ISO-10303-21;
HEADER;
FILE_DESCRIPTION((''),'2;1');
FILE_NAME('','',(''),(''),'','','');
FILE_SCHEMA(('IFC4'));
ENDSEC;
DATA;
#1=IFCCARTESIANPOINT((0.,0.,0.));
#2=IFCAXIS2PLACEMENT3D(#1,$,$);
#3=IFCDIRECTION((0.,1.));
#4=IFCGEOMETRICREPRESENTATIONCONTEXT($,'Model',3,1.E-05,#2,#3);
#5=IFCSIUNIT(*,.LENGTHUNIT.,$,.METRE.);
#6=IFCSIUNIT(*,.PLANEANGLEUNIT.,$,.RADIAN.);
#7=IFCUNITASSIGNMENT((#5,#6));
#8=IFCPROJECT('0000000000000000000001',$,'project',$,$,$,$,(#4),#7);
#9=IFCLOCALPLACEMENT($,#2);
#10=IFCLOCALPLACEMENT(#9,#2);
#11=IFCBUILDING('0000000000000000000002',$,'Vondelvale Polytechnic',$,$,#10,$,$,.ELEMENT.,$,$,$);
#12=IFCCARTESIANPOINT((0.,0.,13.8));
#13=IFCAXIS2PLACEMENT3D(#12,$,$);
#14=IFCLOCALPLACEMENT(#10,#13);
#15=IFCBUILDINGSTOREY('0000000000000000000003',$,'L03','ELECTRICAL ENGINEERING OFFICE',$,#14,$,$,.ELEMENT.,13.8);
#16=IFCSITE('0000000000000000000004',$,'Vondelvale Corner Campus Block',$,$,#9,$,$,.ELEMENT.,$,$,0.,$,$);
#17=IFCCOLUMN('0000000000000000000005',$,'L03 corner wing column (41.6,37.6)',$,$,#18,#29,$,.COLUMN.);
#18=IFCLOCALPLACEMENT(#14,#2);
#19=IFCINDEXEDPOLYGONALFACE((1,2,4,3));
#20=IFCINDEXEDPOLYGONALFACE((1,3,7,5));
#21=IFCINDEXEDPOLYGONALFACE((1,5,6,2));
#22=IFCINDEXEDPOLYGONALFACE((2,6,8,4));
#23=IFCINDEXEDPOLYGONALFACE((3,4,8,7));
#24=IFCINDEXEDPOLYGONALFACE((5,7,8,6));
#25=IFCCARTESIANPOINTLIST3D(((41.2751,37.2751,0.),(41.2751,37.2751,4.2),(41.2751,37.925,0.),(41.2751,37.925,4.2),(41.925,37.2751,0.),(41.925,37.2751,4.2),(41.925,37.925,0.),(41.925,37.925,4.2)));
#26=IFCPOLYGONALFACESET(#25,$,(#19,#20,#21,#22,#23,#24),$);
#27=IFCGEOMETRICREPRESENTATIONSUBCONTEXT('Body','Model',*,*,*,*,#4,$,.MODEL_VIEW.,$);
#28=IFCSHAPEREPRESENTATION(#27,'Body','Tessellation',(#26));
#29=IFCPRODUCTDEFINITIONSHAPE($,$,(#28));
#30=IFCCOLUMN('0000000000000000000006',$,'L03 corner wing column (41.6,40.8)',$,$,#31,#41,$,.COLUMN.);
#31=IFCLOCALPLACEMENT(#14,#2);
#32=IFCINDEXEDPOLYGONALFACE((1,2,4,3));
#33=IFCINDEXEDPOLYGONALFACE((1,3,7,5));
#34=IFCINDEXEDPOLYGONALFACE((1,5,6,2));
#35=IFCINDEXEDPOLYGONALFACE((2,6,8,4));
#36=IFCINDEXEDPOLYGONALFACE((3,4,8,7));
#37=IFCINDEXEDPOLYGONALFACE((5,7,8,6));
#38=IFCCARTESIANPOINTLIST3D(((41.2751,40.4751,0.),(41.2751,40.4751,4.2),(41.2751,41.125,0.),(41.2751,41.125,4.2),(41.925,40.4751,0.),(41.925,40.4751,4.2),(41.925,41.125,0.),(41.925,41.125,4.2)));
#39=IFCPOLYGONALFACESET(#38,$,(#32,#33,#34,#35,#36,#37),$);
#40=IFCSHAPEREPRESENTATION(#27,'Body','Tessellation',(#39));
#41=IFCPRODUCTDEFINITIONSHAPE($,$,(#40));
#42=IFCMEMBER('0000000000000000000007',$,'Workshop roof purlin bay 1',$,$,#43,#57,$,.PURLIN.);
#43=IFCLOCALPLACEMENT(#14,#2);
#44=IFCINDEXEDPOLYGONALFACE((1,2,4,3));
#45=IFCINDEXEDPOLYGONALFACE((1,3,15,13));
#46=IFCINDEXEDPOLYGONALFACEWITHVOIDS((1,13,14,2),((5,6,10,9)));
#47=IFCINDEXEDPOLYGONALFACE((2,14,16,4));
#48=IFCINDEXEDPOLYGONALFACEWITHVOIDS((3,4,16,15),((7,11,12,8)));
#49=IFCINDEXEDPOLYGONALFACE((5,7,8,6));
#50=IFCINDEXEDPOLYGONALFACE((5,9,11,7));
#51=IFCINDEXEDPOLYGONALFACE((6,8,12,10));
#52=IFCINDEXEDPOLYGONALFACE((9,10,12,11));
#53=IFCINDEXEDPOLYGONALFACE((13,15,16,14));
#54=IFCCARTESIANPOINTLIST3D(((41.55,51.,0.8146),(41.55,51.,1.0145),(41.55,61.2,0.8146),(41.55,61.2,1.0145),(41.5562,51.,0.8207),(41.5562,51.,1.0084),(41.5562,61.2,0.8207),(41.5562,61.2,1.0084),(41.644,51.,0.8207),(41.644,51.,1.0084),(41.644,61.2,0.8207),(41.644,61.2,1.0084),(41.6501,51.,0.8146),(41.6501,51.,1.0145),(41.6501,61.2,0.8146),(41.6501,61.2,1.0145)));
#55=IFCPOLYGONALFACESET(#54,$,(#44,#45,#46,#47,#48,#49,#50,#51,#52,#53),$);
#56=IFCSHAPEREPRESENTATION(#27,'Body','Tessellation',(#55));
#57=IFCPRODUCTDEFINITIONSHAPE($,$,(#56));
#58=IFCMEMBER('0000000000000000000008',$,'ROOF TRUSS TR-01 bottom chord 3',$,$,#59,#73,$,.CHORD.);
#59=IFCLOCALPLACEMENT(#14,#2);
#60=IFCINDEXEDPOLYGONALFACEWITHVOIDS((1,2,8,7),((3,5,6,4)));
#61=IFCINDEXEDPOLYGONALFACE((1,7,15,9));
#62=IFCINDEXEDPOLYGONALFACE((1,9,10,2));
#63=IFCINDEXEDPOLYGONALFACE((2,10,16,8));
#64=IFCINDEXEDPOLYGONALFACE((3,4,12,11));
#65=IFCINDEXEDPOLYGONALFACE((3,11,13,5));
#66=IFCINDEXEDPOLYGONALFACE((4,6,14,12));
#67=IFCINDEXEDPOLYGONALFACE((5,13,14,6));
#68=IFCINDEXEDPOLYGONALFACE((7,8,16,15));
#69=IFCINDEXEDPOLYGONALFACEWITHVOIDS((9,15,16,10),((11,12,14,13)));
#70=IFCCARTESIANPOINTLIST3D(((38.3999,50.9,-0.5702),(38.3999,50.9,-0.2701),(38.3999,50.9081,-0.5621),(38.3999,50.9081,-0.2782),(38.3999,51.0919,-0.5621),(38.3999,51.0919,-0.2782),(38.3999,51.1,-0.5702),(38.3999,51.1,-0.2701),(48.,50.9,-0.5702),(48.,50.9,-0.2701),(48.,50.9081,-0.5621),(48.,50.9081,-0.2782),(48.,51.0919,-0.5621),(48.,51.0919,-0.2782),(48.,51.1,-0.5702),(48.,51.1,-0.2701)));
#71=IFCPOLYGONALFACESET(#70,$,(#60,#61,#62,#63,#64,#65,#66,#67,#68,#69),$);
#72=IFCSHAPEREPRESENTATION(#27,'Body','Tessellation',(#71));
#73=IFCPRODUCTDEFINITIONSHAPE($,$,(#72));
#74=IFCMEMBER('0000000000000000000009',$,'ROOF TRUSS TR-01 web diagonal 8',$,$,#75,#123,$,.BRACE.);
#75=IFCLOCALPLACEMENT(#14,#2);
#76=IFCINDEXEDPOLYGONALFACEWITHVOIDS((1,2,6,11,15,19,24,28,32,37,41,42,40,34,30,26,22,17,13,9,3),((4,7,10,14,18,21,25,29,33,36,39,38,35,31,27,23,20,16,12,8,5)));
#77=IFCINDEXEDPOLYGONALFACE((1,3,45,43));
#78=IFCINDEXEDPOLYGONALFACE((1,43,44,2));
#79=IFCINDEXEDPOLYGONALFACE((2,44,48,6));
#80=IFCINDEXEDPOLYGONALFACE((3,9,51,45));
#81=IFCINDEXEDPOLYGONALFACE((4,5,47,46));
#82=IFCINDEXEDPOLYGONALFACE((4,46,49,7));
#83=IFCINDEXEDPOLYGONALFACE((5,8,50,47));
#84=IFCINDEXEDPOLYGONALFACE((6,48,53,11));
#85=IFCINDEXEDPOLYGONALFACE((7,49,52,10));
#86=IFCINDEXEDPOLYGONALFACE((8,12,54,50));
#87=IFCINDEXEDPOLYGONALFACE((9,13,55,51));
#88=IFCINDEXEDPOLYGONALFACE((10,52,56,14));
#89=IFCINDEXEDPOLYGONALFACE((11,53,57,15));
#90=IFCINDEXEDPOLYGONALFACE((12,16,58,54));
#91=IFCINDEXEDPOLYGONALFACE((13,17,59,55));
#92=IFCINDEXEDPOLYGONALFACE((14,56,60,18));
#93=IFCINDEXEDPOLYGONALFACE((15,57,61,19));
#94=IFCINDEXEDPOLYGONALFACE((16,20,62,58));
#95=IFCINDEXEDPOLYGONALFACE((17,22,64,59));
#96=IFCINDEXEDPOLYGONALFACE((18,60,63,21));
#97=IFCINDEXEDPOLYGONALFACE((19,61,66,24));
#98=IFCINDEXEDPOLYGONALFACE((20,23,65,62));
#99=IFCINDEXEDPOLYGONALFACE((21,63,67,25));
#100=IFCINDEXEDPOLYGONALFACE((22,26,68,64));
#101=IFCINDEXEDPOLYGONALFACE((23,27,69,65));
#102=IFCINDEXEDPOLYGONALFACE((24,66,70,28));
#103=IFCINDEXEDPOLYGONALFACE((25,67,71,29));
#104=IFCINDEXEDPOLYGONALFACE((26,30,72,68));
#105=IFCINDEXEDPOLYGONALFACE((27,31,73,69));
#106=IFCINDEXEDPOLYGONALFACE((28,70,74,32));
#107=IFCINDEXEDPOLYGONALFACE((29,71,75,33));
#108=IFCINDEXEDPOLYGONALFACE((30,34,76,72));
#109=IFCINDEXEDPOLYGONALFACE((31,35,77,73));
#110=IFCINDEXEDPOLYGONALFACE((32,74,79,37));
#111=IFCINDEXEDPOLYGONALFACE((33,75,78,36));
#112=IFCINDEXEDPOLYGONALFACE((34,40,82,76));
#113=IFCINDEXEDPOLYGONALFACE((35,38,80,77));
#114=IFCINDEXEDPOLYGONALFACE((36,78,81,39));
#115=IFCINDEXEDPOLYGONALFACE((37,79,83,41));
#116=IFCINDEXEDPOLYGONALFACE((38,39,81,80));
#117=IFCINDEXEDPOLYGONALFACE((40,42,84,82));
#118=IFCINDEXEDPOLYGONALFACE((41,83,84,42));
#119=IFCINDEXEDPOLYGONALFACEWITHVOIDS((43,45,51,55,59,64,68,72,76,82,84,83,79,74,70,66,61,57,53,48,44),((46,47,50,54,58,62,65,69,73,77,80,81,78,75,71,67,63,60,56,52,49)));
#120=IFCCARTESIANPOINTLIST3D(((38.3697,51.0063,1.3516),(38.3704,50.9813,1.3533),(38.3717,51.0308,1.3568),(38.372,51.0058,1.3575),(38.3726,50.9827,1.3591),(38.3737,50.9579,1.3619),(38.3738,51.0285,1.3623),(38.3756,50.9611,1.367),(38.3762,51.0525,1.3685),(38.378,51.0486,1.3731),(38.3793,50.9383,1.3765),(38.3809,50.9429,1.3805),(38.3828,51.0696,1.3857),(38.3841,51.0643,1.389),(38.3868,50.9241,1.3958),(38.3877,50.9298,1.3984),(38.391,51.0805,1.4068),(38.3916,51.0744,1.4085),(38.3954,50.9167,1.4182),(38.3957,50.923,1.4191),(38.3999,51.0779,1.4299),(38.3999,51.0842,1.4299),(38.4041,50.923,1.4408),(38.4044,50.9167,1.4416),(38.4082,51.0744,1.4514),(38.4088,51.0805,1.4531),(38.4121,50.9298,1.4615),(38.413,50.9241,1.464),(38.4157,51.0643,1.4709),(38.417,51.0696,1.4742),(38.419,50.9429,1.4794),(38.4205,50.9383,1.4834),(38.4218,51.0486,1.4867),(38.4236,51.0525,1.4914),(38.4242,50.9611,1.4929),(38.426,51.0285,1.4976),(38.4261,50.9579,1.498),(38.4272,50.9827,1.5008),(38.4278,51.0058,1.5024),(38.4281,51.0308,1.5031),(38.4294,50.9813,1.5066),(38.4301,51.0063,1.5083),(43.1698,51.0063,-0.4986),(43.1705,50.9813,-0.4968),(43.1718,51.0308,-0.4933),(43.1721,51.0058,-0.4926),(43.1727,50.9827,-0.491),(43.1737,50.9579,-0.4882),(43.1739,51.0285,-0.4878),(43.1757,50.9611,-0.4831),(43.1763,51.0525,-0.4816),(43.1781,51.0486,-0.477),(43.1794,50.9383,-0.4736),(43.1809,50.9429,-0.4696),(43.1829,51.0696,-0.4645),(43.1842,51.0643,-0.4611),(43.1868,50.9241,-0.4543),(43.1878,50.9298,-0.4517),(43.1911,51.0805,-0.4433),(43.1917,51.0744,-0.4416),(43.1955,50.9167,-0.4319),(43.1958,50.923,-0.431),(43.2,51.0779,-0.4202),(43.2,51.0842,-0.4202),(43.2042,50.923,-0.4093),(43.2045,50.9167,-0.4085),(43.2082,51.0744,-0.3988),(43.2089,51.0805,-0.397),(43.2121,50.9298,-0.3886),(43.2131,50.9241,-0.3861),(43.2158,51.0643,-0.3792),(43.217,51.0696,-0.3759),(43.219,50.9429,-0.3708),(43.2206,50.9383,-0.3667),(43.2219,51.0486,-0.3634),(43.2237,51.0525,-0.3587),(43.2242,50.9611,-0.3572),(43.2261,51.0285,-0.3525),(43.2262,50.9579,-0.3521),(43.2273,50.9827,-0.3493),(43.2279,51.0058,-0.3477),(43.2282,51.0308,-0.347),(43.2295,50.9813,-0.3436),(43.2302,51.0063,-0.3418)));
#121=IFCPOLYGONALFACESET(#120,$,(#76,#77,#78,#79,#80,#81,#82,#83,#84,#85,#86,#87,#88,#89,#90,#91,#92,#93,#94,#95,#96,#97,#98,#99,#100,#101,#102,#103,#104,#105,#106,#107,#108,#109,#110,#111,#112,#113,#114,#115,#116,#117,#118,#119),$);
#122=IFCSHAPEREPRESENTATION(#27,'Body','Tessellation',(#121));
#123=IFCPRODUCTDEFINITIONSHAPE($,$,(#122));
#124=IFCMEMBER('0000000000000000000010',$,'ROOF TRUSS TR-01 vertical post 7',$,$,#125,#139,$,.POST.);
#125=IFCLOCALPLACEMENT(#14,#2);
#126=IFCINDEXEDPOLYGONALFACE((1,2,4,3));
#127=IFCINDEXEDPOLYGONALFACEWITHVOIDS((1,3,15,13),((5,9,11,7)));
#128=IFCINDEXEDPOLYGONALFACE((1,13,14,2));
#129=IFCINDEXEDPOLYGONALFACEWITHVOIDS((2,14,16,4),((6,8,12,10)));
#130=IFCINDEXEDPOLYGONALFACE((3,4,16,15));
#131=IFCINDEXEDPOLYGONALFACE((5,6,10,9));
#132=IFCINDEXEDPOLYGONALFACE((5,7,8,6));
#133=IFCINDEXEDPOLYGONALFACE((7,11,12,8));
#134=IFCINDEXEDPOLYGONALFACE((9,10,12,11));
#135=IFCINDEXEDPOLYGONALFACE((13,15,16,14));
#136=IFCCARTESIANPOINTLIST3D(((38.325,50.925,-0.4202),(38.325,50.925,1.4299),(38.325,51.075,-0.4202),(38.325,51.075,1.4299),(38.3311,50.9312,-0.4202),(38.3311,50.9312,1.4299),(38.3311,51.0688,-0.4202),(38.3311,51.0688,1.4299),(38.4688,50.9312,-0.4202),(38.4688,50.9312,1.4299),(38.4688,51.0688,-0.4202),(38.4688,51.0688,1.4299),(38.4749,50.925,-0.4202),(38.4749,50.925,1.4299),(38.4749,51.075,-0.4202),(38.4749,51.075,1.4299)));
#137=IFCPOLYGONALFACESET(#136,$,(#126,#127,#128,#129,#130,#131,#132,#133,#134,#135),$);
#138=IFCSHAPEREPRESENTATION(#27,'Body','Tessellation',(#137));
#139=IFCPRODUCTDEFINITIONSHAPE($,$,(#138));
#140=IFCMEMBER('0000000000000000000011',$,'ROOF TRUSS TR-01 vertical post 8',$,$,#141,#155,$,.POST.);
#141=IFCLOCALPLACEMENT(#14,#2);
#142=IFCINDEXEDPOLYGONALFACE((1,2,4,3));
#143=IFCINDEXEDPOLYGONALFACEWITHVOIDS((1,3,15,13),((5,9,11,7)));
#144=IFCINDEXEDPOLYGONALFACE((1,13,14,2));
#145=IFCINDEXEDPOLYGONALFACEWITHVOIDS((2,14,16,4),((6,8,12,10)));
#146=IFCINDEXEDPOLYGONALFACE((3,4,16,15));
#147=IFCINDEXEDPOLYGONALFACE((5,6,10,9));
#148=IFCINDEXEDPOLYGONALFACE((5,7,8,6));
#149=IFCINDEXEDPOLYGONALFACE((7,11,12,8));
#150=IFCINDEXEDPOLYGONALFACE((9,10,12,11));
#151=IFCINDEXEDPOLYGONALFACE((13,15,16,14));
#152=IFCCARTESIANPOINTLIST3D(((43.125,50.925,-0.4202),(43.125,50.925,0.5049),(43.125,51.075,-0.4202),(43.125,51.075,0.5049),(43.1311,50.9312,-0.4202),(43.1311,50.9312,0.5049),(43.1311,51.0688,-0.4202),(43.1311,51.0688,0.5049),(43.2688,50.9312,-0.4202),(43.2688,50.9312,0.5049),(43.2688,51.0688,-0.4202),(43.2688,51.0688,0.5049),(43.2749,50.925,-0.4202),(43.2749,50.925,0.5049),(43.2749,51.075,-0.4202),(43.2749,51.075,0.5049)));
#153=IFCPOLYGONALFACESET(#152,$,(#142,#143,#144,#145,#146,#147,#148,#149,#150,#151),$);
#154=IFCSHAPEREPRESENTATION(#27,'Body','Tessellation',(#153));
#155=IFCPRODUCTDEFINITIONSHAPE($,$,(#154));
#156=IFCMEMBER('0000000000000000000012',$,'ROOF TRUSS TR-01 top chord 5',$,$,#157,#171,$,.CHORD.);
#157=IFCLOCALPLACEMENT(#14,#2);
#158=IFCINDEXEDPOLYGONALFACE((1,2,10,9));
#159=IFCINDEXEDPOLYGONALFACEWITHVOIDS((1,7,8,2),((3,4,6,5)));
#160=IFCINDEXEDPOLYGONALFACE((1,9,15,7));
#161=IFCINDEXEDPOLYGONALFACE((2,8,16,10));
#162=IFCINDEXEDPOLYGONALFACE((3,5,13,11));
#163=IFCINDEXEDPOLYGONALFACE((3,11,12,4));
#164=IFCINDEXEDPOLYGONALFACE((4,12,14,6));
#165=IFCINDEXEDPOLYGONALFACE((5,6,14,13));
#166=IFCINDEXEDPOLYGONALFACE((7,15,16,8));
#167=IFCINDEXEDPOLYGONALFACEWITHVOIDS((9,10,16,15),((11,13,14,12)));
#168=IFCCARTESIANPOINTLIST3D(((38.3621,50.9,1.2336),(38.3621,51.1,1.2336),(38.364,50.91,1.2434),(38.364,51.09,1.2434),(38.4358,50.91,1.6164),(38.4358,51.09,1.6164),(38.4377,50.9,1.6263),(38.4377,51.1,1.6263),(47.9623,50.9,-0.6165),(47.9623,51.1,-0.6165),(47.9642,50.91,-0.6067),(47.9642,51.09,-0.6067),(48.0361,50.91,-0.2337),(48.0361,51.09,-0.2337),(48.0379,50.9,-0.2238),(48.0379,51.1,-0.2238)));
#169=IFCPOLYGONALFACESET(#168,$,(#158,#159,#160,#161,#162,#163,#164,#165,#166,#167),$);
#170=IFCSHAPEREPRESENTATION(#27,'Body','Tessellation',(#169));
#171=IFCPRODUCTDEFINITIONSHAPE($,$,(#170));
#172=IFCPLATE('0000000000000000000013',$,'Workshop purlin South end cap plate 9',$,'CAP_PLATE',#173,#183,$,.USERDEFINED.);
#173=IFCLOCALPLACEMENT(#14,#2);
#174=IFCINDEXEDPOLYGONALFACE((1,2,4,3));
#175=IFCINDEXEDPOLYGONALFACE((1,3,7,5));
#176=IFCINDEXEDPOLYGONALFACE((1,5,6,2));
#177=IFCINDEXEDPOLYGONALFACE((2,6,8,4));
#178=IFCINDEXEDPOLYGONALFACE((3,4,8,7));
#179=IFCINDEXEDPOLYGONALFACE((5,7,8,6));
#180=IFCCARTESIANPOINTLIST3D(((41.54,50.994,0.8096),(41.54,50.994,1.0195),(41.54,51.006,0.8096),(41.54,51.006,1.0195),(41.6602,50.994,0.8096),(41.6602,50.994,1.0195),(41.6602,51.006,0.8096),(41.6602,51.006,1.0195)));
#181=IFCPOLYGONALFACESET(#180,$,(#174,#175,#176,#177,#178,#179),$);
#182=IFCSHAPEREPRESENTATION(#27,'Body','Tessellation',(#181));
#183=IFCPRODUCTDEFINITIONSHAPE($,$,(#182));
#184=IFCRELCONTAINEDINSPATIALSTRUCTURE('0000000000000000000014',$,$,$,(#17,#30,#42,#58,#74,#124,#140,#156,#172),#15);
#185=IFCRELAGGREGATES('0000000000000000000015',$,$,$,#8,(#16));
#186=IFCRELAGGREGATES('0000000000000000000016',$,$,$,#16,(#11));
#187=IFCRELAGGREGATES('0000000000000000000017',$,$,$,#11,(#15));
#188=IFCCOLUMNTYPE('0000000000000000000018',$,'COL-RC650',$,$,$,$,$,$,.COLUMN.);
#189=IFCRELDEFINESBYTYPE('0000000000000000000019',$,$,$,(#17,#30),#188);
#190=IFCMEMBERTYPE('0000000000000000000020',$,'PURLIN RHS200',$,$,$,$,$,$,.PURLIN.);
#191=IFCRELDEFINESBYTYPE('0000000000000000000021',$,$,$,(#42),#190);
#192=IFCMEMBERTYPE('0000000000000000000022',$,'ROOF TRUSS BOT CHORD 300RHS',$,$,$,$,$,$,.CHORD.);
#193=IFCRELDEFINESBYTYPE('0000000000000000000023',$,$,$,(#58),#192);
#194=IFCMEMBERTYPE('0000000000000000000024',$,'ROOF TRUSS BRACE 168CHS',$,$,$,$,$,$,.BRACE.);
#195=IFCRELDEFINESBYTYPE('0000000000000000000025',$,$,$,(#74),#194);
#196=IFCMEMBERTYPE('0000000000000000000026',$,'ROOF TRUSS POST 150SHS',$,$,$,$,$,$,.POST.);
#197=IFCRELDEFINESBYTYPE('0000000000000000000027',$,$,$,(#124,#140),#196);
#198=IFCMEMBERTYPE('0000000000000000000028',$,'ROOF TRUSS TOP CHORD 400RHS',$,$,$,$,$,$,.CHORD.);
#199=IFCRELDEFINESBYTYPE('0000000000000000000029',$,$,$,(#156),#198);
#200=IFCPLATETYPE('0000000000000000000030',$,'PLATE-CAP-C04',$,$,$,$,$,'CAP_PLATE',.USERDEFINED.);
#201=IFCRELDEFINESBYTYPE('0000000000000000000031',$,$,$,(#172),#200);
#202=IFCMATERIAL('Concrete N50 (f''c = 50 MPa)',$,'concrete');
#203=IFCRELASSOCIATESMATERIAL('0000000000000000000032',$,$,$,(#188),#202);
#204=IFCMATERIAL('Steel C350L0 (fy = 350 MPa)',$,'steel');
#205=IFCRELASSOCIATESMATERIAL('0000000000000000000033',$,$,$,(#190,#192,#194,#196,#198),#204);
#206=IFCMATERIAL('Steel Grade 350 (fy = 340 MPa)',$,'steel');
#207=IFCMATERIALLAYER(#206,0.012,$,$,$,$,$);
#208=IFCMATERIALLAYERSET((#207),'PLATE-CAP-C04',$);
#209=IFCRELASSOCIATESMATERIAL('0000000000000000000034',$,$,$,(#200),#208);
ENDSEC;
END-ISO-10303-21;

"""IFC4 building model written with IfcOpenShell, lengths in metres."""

from ifc_helpers import new_model, si_unit, direction, frame, origin, origin_2d, place, context, subcontext, project, spatial, rectangle, hollow_rectangle, hollow_circle, extrude, material, layer, layer_set, material_profile, profile_set, type_object, element, save


model = new_model("IFC4")

# Units and contexts
model_context = context("Model", 3, precision=1e-05, world=origin(), true_north=direction((0.0, 1.0)))
body_context = subcontext(model_context, "Body", "Model", "MODEL_VIEW")
ifc_project = project(units=[si_unit("LENGTHUNIT", "METRE"), si_unit("PLANEANGLEUNIT", "RADIAN")], contexts=[model_context])

# Site, building, storey
site_placement = place(None, origin())
site = spatial("IfcSite", under=ifc_project, at=site_placement, Name="Vondelvale Corner Campus Block", CompositionType="ELEMENT", RefElevation=0.0)
building_placement = place(site_placement, origin())
building = spatial("IfcBuilding", under=site, at=building_placement, Name="Vondelvale Polytechnic", CompositionType="ELEMENT")
storey_placement = place(building_placement, frame((0.0, 0.0, 13.8)))
storey = spatial("IfcBuildingStorey", under=building, at=storey_placement, Name="L03", Description="ELECTRICAL ENGINEERING OFFICE", CompositionType="ELEMENT", Elevation=13.8)

# Columns
ifc_material_1 = material(Name="Concrete N50 (f'c = 50 MPa)", Category="concrete")
ifc_material_profile_1 = material_profile(ifc_material_1, rectangle(XDim=0.6499, YDim=0.6499, at=origin_2d()), Name="RC-COL-650x650")
ifc_profile_set_1 = profile_set([ifc_material_profile_1], Name="Concrete N50 (f'c = 50 MPa)")
column_type = type_object("IfcColumnType", Name="COL-RC650", PredefinedType="COLUMN", material=ifc_profile_set_1)
for number, where, z_axis, x_axis, name in (
    (1, (41.6001, 37.6001, 0.0), (0.0, 0.0, 1.0), (1.0, 0.0, 0.0), "L03 corner wing column (41.6,37.6)"),
    (2, (41.6001, 40.8, 0.0), (0.0, 0.0, 1.0), (1.0, 0.0, 0.0), "L03 corner wing column (41.6,40.8)"),
):
    element("IfcColumn", number, at=place(storey_placement, frame(where, z_axis=z_axis, x_axis=x_axis)), inside=storey, type_object=column_type, Name=name, PredefinedType="COLUMN", context=body_context, shape_type="SweptSolid", body=[
        extrude(rectangle(XDim=0.6499, YDim=0.6499, at=origin_2d()), origin(), (0.0, 0.0, 1.0), 4.2),
    ])

# Members
ifc_material_2 = material(Name="Steel C350L0 (fy = 350 MPa)", Category="steel")
ifc_material_profile_2 = material_profile(ifc_material_2, hollow_rectangle(XDim=0.1001, YDim=0.2, WallThickness=0.0061, at=origin_2d()), Name="200x100x6.0RHS")
ifc_profile_set_2 = profile_set([ifc_material_profile_2], Name="Steel C350L0 (fy = 350 MPa)")
member_type_1 = type_object("IfcMemberType", Name="PURLIN RHS200", PredefinedType="PURLIN", material=ifc_profile_set_2)
member_1_placement = place(storey_placement, frame((41.6001, 51.0, 0.9146), z_axis=(0.0, 1.0, 0.0), x_axis=(-1.0, 0.0, 0.0)))
element("IfcMember", 3, at=member_1_placement, inside=storey, type_object=member_type_1, Name="Workshop roof purlin bay 1", PredefinedType="PURLIN", context=body_context, shape_type="SweptSolid", body=[
    extrude(hollow_rectangle(XDim=0.1001, YDim=0.2, WallThickness=0.0061, at=origin_2d()), origin(), (0.0, 0.0, 1.0), 10.2),
])
ifc_material_profile_3 = material_profile(ifc_material_2, hollow_rectangle(XDim=0.2, YDim=0.3, WallThickness=0.0081, at=origin_2d()), Name="300x200x8.0RHS")
ifc_profile_set_3 = profile_set([ifc_material_profile_3], Name="Steel C350L0 (fy = 350 MPa)")
member_type_2 = type_object("IfcMemberType", Name="ROOF TRUSS BOT CHORD 300RHS", PredefinedType="CHORD", material=ifc_profile_set_3)
member_2_placement = place(storey_placement, frame((38.3999, 51.0, -0.4202), z_axis=(1.0, 0.0, 0.0), x_axis=(0.0, 1.0, 0.0)))
element("IfcMember", 4, at=member_2_placement, inside=storey, type_object=member_type_2, Name="ROOF TRUSS TR-01 bottom chord 3", PredefinedType="CHORD", context=body_context, shape_type="SweptSolid", body=[
    extrude(hollow_rectangle(XDim=0.2, YDim=0.3, WallThickness=0.0081, at=origin_2d()), origin(), (0.0, 0.0, 1.0), 9.6001),
])
ifc_material_profile_4 = material_profile(ifc_material_2, hollow_circle(Radius=0.0842, WallThickness=0.0063, at=origin_2d()), Name="168.3x6.4CHS")
ifc_profile_set_4 = profile_set([ifc_material_profile_4], Name="Steel C350L0 (fy = 350 MPa)")
member_type_3 = type_object("IfcMemberType", Name="ROOF TRUSS BRACE 168CHS", PredefinedType="BRACE", material=ifc_profile_set_4)
member_3_placement = place(storey_placement, frame((38.3999, 51.0, 1.4299), z_axis=(0.93309, 0.0, -0.359644), x_axis=(0.0, 1.0, 0.0)))
element("IfcMember", 5, at=member_3_placement, inside=storey, type_object=member_type_3, Name="ROOF TRUSS TR-01 web diagonal 8", PredefinedType="BRACE", context=body_context, shape_type="SweptSolid", body=[
    extrude(hollow_circle(Radius=0.0842, WallThickness=0.0063, at=origin_2d()), origin(), (0.0, 0.0, 1.0), 5.1443),
])
ifc_material_profile_5 = material_profile(ifc_material_2, hollow_rectangle(XDim=0.1499, YDim=0.1499, WallThickness=0.0061, at=origin_2d()), Name="150x150x6.0SHS")
ifc_profile_set_5 = profile_set([ifc_material_profile_5], Name="Steel C350L0 (fy = 350 MPa)")
member_type_4 = type_object("IfcMemberType", Name="ROOF TRUSS POST 150SHS", PredefinedType="POST", material=ifc_profile_set_5)
member_4_placement = place(storey_placement, frame((38.3999, 51.0, -0.4202), z_axis=(0.0, 0.0, 1.0), x_axis=(1.0, 0.0, 0.0)))
element("IfcMember", 6, at=member_4_placement, inside=storey, type_object=member_type_4, Name="ROOF TRUSS TR-01 vertical post 7", PredefinedType="POST", context=body_context, shape_type="SweptSolid", body=[
    extrude(hollow_rectangle(XDim=0.1499, YDim=0.1499, WallThickness=0.0061, at=origin_2d()), origin(), (0.0, 0.0, 1.0), 1.8501),
])
member_5_placement = place(storey_placement, frame((43.2, 51.0, -0.4202), z_axis=(0.0, 0.0, 1.0), x_axis=(1.0, 0.0, 0.0)))
element("IfcMember", 7, at=member_5_placement, inside=storey, type_object=member_type_4, Name="ROOF TRUSS TR-01 vertical post 8", PredefinedType="POST", context=body_context, shape_type="SweptSolid", body=[
    extrude(hollow_rectangle(XDim=0.1499, YDim=0.1499, WallThickness=0.0061, at=origin_2d()), origin(), (0.0, 0.0, 1.0), 0.925),
])
ifc_material_profile_6 = material_profile(ifc_material_2, hollow_rectangle(XDim=0.2, YDim=0.3999, WallThickness=0.01, at=origin_2d()), Name="400x200x10.0RHS")
ifc_profile_set_6 = profile_set([ifc_material_profile_6], Name="Steel C350L0 (fy = 350 MPa)")
member_type_5 = type_object("IfcMemberType", Name="ROOF TRUSS TOP CHORD 400RHS", PredefinedType="CHORD", material=ifc_profile_set_6)
member_6_placement = place(storey_placement, frame((38.3999, 51.0, 1.4299), z_axis=(0.981932, 0.0, -0.189235), x_axis=(0.0, 1.0, 0.0)))
element("IfcMember", 8, at=member_6_placement, inside=storey, type_object=member_type_5, Name="ROOF TRUSS TR-01 top chord 5", PredefinedType="CHORD", context=body_context, shape_type="SweptSolid", body=[
    extrude(hollow_rectangle(XDim=0.2, YDim=0.3999, WallThickness=0.01, at=origin_2d()), origin(), (0.0, 0.0, 1.0), 9.7769),
])

# Plate
ifc_material_3 = material(Name="Steel Grade 350 (fy = 340 MPa)", Category="steel")
ifc_layer_1 = layer(ifc_material_3, 0.012)
ifc_layer_set_1 = layer_set([ifc_layer_1], Name="PLATE-CAP-C04")
plate_type_1 = type_object("IfcPlateType", Name="PLATE-CAP-C04", ElementType="CAP_PLATE", PredefinedType="USERDEFINED", material=ifc_layer_set_1)
plate_placement = place(storey_placement, frame((41.6001, 51.0, 0.8096), z_axis=(0.0, 0.0, 1.0), x_axis=(1.0, 0.0, 0.0)))
element("IfcPlate", 9, at=plate_placement, inside=storey, type_object=plate_type_1, Name="Workshop purlin South end cap plate 9", ObjectType="CAP_PLATE", PredefinedType="USERDEFINED", context=body_context, shape_type="SweptSolid", body=[
    extrude(rectangle(XDim=0.1201, YDim=0.012, at=origin_2d()), origin(), (0.0, 0.0, 1.0), 0.21),
])

save(model, "model.ifc")
